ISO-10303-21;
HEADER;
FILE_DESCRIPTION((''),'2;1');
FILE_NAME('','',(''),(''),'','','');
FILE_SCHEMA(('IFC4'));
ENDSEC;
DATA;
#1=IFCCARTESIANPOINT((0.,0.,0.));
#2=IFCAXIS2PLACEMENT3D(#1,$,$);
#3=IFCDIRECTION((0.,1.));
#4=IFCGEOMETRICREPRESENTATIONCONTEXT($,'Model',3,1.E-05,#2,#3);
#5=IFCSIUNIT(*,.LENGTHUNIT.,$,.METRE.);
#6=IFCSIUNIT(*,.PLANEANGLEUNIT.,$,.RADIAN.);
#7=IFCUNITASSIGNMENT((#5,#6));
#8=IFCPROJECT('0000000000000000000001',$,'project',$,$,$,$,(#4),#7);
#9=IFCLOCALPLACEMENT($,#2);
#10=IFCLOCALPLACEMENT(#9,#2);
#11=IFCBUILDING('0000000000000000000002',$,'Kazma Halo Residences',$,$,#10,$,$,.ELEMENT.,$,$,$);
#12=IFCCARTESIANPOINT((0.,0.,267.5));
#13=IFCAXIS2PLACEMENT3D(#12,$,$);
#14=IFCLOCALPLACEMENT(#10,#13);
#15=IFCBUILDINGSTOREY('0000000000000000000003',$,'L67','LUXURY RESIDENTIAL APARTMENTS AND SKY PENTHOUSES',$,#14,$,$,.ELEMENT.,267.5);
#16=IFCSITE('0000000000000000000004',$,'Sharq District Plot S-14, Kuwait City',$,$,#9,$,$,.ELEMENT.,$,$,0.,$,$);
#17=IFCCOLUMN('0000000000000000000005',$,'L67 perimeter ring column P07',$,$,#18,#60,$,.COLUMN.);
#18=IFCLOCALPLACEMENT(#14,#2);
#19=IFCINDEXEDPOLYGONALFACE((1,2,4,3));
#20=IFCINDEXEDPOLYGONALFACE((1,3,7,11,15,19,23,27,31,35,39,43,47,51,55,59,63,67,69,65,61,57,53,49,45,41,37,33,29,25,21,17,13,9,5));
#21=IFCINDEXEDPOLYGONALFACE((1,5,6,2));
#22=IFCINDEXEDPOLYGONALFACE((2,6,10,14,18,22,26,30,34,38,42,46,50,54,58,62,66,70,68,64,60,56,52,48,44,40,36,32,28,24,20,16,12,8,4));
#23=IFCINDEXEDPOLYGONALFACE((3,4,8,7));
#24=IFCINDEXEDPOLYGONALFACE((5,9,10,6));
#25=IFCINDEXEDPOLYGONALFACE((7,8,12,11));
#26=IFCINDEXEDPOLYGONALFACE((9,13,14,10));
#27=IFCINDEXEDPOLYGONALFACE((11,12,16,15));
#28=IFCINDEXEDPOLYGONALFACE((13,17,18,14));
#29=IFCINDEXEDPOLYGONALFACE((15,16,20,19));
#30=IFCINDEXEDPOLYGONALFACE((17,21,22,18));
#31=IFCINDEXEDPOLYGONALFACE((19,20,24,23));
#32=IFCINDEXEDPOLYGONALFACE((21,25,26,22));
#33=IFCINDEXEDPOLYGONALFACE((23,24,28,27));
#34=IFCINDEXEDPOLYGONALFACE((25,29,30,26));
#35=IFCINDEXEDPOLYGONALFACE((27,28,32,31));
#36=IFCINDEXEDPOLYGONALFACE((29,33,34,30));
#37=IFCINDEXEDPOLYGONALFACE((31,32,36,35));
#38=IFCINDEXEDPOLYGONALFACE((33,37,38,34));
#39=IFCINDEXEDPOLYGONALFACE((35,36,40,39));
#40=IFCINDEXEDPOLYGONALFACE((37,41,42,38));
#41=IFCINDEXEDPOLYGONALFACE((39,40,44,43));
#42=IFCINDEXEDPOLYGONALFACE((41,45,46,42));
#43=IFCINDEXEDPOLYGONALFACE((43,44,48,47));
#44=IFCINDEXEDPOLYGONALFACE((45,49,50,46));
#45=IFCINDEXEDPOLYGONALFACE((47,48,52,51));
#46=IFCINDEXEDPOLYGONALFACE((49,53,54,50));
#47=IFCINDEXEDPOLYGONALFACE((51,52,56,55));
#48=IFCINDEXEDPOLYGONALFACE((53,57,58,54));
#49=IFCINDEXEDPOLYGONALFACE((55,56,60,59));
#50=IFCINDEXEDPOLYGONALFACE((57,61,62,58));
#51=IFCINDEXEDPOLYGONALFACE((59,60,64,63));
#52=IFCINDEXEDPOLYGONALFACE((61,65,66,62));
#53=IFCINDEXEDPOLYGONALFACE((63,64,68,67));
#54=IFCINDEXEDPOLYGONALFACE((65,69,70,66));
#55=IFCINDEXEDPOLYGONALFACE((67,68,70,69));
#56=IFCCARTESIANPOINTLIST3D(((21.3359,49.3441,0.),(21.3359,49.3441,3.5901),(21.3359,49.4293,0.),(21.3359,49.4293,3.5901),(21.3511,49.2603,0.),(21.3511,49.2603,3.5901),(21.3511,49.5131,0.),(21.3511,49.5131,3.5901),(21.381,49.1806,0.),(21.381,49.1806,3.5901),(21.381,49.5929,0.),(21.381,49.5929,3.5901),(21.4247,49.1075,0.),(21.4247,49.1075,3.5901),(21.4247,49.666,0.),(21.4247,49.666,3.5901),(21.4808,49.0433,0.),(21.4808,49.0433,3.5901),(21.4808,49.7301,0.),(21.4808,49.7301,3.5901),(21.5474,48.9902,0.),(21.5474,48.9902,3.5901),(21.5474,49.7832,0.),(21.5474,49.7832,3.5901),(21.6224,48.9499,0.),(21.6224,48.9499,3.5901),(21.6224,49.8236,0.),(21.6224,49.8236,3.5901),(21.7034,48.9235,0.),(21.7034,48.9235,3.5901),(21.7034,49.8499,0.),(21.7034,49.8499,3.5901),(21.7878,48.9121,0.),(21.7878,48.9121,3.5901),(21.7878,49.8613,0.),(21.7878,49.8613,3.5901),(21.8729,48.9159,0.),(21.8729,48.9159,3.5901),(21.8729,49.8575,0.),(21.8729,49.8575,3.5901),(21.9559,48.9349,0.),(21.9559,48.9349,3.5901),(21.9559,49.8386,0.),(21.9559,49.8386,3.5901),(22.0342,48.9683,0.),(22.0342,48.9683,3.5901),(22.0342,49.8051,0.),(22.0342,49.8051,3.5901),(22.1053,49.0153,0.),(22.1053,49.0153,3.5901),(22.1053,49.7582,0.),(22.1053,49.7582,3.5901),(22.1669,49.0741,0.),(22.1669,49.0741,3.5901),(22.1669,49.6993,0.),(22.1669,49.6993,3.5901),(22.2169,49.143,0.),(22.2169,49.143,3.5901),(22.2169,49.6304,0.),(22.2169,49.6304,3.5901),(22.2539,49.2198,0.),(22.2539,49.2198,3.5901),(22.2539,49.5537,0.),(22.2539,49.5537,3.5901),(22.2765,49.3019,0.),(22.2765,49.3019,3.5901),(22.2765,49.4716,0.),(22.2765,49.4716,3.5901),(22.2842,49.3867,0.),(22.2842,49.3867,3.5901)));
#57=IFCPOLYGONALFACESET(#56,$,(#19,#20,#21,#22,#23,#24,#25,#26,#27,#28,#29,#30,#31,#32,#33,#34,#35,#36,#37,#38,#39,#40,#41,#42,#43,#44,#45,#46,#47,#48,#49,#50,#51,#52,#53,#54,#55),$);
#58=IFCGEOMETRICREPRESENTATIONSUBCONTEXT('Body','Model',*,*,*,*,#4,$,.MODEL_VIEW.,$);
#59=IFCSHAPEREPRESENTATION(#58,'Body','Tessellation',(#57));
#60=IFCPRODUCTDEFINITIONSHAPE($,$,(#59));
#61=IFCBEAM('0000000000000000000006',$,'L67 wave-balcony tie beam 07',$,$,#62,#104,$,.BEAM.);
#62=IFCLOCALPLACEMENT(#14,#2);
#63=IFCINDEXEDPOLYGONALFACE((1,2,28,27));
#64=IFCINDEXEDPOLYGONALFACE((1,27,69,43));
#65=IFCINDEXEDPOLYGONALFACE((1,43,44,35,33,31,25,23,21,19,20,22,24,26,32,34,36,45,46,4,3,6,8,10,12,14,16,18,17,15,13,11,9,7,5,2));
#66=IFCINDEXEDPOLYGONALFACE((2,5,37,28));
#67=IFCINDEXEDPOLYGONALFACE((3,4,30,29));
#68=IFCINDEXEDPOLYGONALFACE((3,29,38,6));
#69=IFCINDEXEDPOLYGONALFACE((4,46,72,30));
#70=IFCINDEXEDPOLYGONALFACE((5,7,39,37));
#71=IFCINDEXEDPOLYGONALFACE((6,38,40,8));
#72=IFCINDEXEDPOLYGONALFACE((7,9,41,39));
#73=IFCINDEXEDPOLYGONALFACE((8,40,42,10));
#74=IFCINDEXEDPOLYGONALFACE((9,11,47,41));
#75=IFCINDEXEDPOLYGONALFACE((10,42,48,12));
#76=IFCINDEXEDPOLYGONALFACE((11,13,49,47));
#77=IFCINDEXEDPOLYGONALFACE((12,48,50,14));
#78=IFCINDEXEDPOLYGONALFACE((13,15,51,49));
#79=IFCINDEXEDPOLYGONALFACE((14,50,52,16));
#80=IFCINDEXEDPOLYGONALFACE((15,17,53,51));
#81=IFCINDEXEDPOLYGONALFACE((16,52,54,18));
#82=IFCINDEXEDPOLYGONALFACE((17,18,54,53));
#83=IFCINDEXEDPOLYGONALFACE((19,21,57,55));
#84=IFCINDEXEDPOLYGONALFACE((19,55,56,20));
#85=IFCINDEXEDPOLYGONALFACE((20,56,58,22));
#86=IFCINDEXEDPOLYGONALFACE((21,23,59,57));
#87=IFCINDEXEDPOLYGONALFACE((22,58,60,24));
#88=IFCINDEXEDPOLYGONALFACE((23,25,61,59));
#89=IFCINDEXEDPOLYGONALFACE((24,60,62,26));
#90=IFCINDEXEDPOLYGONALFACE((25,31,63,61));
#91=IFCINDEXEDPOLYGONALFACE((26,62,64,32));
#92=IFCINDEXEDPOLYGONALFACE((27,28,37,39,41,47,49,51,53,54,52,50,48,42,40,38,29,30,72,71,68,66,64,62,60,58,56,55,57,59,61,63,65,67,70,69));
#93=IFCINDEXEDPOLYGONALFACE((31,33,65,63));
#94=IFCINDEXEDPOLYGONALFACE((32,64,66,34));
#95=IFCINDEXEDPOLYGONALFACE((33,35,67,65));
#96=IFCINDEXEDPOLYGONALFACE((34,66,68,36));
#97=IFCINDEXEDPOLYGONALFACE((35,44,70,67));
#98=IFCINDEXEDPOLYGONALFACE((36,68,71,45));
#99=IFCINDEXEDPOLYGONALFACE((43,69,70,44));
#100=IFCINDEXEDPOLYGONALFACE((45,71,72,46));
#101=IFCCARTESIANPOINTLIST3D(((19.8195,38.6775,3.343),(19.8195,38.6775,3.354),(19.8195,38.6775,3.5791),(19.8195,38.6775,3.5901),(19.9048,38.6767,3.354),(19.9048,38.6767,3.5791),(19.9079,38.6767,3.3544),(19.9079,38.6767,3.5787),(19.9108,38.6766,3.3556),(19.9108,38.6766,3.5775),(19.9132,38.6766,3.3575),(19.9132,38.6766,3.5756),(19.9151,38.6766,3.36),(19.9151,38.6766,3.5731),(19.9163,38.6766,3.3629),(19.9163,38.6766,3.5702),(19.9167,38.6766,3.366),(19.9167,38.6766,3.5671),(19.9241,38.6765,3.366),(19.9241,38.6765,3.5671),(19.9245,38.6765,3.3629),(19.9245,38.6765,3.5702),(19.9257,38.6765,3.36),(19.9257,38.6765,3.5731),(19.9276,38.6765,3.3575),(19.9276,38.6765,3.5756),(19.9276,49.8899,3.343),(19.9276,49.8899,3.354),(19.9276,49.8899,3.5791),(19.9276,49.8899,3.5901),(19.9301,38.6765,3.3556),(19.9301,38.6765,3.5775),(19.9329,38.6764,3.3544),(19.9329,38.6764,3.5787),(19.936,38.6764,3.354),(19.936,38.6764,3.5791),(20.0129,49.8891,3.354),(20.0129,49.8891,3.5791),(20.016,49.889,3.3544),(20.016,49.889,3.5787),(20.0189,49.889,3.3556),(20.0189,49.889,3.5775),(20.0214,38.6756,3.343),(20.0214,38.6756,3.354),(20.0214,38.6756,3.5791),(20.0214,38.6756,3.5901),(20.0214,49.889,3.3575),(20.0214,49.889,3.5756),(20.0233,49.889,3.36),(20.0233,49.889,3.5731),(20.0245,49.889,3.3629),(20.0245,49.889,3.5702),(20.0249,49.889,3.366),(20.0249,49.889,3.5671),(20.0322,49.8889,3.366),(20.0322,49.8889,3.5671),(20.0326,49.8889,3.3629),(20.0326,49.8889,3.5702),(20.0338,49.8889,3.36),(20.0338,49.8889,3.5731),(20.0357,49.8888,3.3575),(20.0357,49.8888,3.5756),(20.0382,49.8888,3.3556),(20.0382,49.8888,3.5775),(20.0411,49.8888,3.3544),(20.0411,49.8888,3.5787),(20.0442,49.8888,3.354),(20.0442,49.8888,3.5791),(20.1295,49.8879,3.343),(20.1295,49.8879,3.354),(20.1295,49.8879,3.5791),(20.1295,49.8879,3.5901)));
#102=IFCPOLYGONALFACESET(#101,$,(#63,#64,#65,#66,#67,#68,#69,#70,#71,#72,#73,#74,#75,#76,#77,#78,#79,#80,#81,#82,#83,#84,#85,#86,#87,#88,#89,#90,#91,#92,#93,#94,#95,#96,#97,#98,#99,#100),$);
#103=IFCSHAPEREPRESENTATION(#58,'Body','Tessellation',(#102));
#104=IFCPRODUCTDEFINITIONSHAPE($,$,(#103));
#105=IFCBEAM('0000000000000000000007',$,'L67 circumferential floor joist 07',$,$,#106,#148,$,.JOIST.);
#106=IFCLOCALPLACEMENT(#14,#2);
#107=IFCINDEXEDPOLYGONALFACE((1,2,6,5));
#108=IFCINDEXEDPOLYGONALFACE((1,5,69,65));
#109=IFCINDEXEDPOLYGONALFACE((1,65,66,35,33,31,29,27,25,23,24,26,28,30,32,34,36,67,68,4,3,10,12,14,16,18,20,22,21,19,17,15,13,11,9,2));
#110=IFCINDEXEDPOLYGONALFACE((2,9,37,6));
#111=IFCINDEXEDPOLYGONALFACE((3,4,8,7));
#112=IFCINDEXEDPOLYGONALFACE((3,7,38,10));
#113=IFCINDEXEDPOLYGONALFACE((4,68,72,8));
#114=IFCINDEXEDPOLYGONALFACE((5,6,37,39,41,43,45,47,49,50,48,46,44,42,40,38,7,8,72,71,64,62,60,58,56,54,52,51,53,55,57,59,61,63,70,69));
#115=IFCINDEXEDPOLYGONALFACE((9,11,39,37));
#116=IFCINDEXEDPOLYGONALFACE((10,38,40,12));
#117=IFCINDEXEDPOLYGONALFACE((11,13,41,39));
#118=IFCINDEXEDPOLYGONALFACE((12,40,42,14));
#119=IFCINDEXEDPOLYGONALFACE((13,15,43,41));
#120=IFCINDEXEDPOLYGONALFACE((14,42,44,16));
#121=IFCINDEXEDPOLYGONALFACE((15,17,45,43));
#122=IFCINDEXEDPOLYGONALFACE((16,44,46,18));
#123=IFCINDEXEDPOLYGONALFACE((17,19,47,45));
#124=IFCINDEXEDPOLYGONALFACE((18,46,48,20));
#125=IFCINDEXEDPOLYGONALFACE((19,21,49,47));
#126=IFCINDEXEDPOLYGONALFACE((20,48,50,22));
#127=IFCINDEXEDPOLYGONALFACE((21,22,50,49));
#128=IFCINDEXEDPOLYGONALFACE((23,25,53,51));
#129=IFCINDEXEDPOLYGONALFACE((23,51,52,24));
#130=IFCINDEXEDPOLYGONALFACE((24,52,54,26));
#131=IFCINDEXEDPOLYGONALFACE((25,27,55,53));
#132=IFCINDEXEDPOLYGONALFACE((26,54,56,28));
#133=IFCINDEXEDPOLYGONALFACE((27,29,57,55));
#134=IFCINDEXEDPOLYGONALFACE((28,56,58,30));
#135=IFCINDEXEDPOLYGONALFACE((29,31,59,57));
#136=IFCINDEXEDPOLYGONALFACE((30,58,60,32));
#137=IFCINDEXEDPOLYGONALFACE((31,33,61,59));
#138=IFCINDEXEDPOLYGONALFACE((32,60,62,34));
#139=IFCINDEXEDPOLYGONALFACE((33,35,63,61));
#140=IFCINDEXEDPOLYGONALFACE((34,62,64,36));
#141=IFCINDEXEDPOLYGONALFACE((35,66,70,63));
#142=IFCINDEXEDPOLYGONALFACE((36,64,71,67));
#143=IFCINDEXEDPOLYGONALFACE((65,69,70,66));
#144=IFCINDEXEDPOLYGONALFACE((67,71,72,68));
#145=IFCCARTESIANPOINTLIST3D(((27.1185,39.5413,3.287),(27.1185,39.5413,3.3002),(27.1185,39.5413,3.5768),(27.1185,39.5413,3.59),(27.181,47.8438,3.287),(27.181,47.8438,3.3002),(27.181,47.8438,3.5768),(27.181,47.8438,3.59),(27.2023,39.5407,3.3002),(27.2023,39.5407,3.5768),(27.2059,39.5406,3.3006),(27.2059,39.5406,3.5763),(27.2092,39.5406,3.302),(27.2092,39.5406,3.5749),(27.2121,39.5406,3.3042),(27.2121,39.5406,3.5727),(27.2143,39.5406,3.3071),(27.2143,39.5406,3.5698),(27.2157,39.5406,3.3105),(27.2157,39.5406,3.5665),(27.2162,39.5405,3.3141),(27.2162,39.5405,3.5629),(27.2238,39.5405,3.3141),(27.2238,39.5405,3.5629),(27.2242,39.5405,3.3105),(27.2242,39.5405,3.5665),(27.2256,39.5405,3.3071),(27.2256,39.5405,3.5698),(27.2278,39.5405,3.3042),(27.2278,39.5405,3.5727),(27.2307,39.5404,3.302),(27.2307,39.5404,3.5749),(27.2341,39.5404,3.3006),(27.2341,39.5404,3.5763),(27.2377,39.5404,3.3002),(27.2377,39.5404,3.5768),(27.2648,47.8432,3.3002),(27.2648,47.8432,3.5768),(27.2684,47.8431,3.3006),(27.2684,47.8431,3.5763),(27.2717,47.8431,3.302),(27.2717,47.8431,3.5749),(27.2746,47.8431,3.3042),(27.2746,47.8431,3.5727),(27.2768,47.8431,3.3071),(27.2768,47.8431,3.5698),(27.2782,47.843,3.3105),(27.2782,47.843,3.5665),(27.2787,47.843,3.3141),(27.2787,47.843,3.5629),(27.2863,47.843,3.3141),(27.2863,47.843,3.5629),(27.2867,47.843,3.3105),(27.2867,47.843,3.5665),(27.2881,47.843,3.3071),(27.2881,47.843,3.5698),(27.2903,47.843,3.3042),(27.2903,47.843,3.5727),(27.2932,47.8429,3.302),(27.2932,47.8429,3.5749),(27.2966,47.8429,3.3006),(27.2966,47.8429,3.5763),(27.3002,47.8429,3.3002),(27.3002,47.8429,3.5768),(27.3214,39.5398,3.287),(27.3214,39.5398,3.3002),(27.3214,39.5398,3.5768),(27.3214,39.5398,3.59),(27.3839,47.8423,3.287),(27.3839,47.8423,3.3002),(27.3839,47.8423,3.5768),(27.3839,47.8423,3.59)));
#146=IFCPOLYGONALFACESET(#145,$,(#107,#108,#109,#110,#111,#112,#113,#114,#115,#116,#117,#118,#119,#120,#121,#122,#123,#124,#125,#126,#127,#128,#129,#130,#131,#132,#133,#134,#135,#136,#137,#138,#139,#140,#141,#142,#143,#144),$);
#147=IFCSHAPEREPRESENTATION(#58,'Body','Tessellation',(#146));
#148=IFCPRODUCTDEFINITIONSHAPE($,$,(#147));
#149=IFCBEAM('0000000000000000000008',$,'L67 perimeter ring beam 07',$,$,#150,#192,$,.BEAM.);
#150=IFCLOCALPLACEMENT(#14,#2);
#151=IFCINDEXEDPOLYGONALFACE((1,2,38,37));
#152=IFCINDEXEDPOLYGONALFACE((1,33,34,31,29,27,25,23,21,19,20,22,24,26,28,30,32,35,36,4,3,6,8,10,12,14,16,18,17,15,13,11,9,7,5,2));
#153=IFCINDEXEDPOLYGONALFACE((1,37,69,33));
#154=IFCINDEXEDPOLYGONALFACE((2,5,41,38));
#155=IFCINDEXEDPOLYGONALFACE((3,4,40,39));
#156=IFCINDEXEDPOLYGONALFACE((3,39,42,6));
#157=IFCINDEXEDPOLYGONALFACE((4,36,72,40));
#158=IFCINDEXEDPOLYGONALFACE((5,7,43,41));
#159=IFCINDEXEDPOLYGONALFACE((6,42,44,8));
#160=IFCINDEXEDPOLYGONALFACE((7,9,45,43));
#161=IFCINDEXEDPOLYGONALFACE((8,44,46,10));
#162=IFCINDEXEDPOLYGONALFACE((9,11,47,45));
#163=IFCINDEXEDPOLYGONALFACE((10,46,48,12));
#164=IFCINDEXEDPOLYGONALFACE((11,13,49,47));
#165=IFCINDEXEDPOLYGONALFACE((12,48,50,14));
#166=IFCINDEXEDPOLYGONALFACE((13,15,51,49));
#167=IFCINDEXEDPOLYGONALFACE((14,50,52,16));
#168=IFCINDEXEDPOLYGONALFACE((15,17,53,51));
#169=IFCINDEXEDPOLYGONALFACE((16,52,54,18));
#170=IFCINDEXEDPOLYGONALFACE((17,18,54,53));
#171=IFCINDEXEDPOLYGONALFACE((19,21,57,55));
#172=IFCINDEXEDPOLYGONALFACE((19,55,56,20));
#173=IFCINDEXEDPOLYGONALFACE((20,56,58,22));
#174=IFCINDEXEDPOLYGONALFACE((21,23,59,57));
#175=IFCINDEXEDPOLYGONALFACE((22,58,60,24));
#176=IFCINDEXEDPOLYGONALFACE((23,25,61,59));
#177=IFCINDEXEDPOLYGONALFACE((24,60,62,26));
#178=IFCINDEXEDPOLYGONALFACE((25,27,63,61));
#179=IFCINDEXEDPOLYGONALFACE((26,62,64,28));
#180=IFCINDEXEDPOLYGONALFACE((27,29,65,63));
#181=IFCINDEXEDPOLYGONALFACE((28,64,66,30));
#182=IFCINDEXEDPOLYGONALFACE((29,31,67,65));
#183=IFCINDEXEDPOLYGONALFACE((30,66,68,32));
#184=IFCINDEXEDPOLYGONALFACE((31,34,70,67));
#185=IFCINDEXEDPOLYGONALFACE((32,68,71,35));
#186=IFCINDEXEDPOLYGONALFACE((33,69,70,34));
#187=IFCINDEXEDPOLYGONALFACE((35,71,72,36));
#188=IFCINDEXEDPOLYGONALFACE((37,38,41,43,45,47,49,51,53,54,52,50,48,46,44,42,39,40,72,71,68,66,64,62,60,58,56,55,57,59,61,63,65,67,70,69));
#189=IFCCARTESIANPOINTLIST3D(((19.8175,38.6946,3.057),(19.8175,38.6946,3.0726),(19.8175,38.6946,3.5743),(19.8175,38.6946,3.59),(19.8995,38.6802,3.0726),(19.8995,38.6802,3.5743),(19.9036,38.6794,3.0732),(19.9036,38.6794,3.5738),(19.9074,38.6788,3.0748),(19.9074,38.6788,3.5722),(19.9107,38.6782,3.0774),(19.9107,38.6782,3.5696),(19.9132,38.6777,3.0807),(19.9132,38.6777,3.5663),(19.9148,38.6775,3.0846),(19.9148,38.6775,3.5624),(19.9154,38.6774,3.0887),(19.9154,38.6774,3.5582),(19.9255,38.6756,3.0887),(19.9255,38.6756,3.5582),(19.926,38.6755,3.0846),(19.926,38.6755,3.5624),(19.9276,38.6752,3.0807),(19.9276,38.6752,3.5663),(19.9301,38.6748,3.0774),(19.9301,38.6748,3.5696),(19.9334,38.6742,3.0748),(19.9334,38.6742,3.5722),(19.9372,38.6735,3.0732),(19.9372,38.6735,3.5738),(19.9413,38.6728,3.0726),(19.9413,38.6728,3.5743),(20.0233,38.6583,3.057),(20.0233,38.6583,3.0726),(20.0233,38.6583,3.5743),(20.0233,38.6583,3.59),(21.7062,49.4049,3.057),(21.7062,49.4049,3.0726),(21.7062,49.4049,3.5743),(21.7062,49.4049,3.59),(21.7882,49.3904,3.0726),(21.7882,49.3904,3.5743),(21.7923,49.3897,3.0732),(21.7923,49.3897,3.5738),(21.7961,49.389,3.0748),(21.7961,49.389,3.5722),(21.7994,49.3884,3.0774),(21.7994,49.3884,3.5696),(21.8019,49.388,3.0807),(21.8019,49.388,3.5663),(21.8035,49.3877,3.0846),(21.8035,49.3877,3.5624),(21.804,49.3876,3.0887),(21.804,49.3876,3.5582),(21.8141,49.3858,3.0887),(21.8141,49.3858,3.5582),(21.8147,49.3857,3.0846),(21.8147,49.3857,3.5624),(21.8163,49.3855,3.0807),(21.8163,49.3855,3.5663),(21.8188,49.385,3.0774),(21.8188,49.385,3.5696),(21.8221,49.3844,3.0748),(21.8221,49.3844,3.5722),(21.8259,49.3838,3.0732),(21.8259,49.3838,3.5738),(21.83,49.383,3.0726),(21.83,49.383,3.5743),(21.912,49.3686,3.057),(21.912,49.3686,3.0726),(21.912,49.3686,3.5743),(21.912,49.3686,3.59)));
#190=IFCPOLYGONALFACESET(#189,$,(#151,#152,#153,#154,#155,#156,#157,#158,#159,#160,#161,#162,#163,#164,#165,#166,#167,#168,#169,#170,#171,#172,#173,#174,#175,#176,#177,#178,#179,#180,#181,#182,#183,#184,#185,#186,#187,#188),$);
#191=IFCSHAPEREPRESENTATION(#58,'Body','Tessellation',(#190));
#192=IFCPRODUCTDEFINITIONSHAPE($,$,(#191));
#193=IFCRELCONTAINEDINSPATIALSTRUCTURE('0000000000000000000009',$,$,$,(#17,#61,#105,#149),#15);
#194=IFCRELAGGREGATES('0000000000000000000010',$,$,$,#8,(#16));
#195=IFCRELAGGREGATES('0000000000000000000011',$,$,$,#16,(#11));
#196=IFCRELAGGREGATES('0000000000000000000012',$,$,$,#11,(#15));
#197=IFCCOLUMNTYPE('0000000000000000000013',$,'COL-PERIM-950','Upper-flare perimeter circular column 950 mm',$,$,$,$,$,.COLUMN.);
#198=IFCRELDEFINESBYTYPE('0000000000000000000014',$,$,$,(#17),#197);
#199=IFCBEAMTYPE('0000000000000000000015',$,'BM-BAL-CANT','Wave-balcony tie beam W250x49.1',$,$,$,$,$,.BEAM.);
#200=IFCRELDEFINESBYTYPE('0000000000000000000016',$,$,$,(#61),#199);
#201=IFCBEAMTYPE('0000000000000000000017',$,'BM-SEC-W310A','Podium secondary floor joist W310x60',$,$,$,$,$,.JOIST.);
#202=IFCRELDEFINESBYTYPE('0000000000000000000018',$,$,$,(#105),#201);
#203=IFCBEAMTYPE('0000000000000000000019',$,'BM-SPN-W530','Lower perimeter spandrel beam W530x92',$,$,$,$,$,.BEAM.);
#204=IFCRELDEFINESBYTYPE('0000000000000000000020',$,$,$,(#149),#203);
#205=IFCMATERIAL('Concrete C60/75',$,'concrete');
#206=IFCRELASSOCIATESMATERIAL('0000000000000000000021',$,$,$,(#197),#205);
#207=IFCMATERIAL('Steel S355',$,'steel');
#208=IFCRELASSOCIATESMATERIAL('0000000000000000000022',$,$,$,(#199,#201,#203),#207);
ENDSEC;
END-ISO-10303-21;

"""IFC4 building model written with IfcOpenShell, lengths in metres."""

from ifc_helpers import new_model, si_unit, direction, frame, origin, origin_2d, place, context, subcontext, project, spatial, circle, i_section, extrude, material, material_profile, profile_set, type_object, element, save


model = new_model("IFC4")

# Units and contexts
model_context = context("Model", 3, precision=1e-05, world=origin(), true_north=direction((0.0, 1.0)))
body_context = subcontext(model_context, "Body", "Model", "MODEL_VIEW")
ifc_project = project(units=[si_unit("LENGTHUNIT", "METRE"), si_unit("PLANEANGLEUNIT", "RADIAN")], contexts=[model_context])

# Site, building, storey
site_placement = place(None, origin())
site = spatial("IfcSite", under=ifc_project, at=site_placement, Name="Sharq District Plot S-14, Kuwait City", CompositionType="ELEMENT", RefElevation=0.0)
building_placement = place(site_placement, origin())
building = spatial("IfcBuilding", under=site, at=building_placement, Name="Kazma Halo Residences", CompositionType="ELEMENT")
storey_placement = place(building_placement, frame((0.0, 0.0, 267.5)))
storey = spatial("IfcBuildingStorey", under=building, at=storey_placement, Name="L67", Description="LUXURY RESIDENTIAL APARTMENTS AND SKY PENTHOUSES", CompositionType="ELEMENT", Elevation=267.5)

# Column
ifc_material_1 = material(Name="Concrete C60/75", Category="concrete")
ifc_material_profile_1 = material_profile(ifc_material_1, circle(Radius=0.4751, at=origin_2d()), Name="CIRC950")
ifc_profile_set_1 = profile_set([ifc_material_profile_1], Name="Concrete C60/75")
column_type = type_object("IfcColumnType", Name="COL-PERIM-950", Description="Upper-flare perimeter circular column 950 mm", PredefinedType="COLUMN", material=ifc_profile_set_1)
column_placement = place(storey_placement, frame((21.8091, 49.3867, 0.0), z_axis=(0.0, 0.0, 1.0), x_axis=(1.0, 0.0, 0.0)))
element("IfcColumn", 1, at=column_placement, inside=storey, type_object=column_type, Name="L67 perimeter ring column P07", PredefinedType="COLUMN", context=body_context, shape_type="SweptSolid", body=[
    extrude(circle(Radius=0.4751, at=origin_2d()), origin(), (0.0, 0.0, 1.0), 3.5901),
])

# Beams
ifc_material_2 = material(Name="Steel S355", Category="steel")
ifc_material_profile_2 = material_profile(ifc_material_2, i_section(OverallWidth=0.2019, OverallDepth=0.2471, WebThickness=0.0073, FlangeThickness=0.011, FilletRadius=0.012, at=origin_2d()), Name="W250x49.1")
ifc_profile_set_2 = profile_set([ifc_material_profile_2], Name="Steel S355")
beam_type_1 = type_object("IfcBeamType", Name="BM-BAL-CANT", Description="Wave-balcony tie beam W250x49.1", PredefinedType="BEAM", material=ifc_profile_set_2)
beam_1_placement = place(storey_placement, frame((20.0286, 49.8889, 3.4666), z_axis=(-0.009646, -0.999953, 0.0), x_axis=(0.999953, -0.009646, 0.0)))
element("IfcBeam", 2, at=beam_1_placement, inside=storey, type_object=beam_type_1, Name="L67 wave-balcony tie beam 07", PredefinedType="BEAM", context=body_context, shape_type="SweptSolid", body=[
    extrude(i_section(OverallWidth=0.2019, OverallDepth=0.2471, WebThickness=0.0073, FlangeThickness=0.011, FilletRadius=0.012, at=origin_2d()), origin(), (0.0, 0.0, 1.0), 11.2129),
])
ifc_material_profile_3 = material_profile(ifc_material_2, i_section(OverallWidth=0.2029, OverallDepth=0.303, WebThickness=0.0076, FlangeThickness=0.0132, FilletRadius=0.0139, at=origin_2d()), Name="W310x60")
ifc_profile_set_3 = profile_set([ifc_material_profile_3], Name="Steel S355")
beam_type_2 = type_object("IfcBeamType", Name="BM-SEC-W310A", Description="Podium secondary floor joist W310x60", PredefinedType="JOIST", material=ifc_profile_set_3)
beam_2_placement = place(storey_placement, frame((27.2825, 47.843, 3.4385), z_axis=(-0.007528, -0.999972, 0.0), x_axis=(0.999972, -0.007528, 0.0)))
element("IfcBeam", 3, at=beam_2_placement, inside=storey, type_object=beam_type_2, Name="L67 circumferential floor joist 07", PredefinedType="JOIST", context=body_context, shape_type="SweptSolid", body=[
    extrude(i_section(OverallWidth=0.2029, OverallDepth=0.303, WebThickness=0.0076, FlangeThickness=0.0132, FilletRadius=0.0139, at=origin_2d()), origin(), (0.0, 0.0, 1.0), 8.3027),
])
ifc_material_profile_4 = material_profile(ifc_material_2, i_section(OverallWidth=0.209, OverallDepth=0.533, WebThickness=0.0103, FlangeThickness=0.0156, FilletRadius=0.0161, at=origin_2d()), Name="W530x92")
ifc_profile_set_4 = profile_set([ifc_material_profile_4], Name="Steel S355")
beam_type_3 = type_object("IfcBeamType", Name="BM-SPN-W530", Description="Lower perimeter spandrel beam W530x92", PredefinedType="BEAM", material=ifc_profile_set_4)
beam_3_placement = place(storey_placement, frame((21.8091, 49.3867, 3.3235), z_axis=(-0.173664, -0.984805, 0.0), x_axis=(0.984805, -0.173664, 0.0)))
element("IfcBeam", 4, at=beam_3_placement, inside=storey, type_object=beam_type_3, Name="L67 perimeter ring beam 07", PredefinedType="BEAM", context=body_context, shape_type="SweptSolid", body=[
    extrude(i_section(OverallWidth=0.209, OverallDepth=0.533, WebThickness=0.0103, FlangeThickness=0.0156, FilletRadius=0.0161, at=origin_2d()), origin(), (0.0, 0.0, 1.0), 10.8755),
])

save(model, "model.ifc")
